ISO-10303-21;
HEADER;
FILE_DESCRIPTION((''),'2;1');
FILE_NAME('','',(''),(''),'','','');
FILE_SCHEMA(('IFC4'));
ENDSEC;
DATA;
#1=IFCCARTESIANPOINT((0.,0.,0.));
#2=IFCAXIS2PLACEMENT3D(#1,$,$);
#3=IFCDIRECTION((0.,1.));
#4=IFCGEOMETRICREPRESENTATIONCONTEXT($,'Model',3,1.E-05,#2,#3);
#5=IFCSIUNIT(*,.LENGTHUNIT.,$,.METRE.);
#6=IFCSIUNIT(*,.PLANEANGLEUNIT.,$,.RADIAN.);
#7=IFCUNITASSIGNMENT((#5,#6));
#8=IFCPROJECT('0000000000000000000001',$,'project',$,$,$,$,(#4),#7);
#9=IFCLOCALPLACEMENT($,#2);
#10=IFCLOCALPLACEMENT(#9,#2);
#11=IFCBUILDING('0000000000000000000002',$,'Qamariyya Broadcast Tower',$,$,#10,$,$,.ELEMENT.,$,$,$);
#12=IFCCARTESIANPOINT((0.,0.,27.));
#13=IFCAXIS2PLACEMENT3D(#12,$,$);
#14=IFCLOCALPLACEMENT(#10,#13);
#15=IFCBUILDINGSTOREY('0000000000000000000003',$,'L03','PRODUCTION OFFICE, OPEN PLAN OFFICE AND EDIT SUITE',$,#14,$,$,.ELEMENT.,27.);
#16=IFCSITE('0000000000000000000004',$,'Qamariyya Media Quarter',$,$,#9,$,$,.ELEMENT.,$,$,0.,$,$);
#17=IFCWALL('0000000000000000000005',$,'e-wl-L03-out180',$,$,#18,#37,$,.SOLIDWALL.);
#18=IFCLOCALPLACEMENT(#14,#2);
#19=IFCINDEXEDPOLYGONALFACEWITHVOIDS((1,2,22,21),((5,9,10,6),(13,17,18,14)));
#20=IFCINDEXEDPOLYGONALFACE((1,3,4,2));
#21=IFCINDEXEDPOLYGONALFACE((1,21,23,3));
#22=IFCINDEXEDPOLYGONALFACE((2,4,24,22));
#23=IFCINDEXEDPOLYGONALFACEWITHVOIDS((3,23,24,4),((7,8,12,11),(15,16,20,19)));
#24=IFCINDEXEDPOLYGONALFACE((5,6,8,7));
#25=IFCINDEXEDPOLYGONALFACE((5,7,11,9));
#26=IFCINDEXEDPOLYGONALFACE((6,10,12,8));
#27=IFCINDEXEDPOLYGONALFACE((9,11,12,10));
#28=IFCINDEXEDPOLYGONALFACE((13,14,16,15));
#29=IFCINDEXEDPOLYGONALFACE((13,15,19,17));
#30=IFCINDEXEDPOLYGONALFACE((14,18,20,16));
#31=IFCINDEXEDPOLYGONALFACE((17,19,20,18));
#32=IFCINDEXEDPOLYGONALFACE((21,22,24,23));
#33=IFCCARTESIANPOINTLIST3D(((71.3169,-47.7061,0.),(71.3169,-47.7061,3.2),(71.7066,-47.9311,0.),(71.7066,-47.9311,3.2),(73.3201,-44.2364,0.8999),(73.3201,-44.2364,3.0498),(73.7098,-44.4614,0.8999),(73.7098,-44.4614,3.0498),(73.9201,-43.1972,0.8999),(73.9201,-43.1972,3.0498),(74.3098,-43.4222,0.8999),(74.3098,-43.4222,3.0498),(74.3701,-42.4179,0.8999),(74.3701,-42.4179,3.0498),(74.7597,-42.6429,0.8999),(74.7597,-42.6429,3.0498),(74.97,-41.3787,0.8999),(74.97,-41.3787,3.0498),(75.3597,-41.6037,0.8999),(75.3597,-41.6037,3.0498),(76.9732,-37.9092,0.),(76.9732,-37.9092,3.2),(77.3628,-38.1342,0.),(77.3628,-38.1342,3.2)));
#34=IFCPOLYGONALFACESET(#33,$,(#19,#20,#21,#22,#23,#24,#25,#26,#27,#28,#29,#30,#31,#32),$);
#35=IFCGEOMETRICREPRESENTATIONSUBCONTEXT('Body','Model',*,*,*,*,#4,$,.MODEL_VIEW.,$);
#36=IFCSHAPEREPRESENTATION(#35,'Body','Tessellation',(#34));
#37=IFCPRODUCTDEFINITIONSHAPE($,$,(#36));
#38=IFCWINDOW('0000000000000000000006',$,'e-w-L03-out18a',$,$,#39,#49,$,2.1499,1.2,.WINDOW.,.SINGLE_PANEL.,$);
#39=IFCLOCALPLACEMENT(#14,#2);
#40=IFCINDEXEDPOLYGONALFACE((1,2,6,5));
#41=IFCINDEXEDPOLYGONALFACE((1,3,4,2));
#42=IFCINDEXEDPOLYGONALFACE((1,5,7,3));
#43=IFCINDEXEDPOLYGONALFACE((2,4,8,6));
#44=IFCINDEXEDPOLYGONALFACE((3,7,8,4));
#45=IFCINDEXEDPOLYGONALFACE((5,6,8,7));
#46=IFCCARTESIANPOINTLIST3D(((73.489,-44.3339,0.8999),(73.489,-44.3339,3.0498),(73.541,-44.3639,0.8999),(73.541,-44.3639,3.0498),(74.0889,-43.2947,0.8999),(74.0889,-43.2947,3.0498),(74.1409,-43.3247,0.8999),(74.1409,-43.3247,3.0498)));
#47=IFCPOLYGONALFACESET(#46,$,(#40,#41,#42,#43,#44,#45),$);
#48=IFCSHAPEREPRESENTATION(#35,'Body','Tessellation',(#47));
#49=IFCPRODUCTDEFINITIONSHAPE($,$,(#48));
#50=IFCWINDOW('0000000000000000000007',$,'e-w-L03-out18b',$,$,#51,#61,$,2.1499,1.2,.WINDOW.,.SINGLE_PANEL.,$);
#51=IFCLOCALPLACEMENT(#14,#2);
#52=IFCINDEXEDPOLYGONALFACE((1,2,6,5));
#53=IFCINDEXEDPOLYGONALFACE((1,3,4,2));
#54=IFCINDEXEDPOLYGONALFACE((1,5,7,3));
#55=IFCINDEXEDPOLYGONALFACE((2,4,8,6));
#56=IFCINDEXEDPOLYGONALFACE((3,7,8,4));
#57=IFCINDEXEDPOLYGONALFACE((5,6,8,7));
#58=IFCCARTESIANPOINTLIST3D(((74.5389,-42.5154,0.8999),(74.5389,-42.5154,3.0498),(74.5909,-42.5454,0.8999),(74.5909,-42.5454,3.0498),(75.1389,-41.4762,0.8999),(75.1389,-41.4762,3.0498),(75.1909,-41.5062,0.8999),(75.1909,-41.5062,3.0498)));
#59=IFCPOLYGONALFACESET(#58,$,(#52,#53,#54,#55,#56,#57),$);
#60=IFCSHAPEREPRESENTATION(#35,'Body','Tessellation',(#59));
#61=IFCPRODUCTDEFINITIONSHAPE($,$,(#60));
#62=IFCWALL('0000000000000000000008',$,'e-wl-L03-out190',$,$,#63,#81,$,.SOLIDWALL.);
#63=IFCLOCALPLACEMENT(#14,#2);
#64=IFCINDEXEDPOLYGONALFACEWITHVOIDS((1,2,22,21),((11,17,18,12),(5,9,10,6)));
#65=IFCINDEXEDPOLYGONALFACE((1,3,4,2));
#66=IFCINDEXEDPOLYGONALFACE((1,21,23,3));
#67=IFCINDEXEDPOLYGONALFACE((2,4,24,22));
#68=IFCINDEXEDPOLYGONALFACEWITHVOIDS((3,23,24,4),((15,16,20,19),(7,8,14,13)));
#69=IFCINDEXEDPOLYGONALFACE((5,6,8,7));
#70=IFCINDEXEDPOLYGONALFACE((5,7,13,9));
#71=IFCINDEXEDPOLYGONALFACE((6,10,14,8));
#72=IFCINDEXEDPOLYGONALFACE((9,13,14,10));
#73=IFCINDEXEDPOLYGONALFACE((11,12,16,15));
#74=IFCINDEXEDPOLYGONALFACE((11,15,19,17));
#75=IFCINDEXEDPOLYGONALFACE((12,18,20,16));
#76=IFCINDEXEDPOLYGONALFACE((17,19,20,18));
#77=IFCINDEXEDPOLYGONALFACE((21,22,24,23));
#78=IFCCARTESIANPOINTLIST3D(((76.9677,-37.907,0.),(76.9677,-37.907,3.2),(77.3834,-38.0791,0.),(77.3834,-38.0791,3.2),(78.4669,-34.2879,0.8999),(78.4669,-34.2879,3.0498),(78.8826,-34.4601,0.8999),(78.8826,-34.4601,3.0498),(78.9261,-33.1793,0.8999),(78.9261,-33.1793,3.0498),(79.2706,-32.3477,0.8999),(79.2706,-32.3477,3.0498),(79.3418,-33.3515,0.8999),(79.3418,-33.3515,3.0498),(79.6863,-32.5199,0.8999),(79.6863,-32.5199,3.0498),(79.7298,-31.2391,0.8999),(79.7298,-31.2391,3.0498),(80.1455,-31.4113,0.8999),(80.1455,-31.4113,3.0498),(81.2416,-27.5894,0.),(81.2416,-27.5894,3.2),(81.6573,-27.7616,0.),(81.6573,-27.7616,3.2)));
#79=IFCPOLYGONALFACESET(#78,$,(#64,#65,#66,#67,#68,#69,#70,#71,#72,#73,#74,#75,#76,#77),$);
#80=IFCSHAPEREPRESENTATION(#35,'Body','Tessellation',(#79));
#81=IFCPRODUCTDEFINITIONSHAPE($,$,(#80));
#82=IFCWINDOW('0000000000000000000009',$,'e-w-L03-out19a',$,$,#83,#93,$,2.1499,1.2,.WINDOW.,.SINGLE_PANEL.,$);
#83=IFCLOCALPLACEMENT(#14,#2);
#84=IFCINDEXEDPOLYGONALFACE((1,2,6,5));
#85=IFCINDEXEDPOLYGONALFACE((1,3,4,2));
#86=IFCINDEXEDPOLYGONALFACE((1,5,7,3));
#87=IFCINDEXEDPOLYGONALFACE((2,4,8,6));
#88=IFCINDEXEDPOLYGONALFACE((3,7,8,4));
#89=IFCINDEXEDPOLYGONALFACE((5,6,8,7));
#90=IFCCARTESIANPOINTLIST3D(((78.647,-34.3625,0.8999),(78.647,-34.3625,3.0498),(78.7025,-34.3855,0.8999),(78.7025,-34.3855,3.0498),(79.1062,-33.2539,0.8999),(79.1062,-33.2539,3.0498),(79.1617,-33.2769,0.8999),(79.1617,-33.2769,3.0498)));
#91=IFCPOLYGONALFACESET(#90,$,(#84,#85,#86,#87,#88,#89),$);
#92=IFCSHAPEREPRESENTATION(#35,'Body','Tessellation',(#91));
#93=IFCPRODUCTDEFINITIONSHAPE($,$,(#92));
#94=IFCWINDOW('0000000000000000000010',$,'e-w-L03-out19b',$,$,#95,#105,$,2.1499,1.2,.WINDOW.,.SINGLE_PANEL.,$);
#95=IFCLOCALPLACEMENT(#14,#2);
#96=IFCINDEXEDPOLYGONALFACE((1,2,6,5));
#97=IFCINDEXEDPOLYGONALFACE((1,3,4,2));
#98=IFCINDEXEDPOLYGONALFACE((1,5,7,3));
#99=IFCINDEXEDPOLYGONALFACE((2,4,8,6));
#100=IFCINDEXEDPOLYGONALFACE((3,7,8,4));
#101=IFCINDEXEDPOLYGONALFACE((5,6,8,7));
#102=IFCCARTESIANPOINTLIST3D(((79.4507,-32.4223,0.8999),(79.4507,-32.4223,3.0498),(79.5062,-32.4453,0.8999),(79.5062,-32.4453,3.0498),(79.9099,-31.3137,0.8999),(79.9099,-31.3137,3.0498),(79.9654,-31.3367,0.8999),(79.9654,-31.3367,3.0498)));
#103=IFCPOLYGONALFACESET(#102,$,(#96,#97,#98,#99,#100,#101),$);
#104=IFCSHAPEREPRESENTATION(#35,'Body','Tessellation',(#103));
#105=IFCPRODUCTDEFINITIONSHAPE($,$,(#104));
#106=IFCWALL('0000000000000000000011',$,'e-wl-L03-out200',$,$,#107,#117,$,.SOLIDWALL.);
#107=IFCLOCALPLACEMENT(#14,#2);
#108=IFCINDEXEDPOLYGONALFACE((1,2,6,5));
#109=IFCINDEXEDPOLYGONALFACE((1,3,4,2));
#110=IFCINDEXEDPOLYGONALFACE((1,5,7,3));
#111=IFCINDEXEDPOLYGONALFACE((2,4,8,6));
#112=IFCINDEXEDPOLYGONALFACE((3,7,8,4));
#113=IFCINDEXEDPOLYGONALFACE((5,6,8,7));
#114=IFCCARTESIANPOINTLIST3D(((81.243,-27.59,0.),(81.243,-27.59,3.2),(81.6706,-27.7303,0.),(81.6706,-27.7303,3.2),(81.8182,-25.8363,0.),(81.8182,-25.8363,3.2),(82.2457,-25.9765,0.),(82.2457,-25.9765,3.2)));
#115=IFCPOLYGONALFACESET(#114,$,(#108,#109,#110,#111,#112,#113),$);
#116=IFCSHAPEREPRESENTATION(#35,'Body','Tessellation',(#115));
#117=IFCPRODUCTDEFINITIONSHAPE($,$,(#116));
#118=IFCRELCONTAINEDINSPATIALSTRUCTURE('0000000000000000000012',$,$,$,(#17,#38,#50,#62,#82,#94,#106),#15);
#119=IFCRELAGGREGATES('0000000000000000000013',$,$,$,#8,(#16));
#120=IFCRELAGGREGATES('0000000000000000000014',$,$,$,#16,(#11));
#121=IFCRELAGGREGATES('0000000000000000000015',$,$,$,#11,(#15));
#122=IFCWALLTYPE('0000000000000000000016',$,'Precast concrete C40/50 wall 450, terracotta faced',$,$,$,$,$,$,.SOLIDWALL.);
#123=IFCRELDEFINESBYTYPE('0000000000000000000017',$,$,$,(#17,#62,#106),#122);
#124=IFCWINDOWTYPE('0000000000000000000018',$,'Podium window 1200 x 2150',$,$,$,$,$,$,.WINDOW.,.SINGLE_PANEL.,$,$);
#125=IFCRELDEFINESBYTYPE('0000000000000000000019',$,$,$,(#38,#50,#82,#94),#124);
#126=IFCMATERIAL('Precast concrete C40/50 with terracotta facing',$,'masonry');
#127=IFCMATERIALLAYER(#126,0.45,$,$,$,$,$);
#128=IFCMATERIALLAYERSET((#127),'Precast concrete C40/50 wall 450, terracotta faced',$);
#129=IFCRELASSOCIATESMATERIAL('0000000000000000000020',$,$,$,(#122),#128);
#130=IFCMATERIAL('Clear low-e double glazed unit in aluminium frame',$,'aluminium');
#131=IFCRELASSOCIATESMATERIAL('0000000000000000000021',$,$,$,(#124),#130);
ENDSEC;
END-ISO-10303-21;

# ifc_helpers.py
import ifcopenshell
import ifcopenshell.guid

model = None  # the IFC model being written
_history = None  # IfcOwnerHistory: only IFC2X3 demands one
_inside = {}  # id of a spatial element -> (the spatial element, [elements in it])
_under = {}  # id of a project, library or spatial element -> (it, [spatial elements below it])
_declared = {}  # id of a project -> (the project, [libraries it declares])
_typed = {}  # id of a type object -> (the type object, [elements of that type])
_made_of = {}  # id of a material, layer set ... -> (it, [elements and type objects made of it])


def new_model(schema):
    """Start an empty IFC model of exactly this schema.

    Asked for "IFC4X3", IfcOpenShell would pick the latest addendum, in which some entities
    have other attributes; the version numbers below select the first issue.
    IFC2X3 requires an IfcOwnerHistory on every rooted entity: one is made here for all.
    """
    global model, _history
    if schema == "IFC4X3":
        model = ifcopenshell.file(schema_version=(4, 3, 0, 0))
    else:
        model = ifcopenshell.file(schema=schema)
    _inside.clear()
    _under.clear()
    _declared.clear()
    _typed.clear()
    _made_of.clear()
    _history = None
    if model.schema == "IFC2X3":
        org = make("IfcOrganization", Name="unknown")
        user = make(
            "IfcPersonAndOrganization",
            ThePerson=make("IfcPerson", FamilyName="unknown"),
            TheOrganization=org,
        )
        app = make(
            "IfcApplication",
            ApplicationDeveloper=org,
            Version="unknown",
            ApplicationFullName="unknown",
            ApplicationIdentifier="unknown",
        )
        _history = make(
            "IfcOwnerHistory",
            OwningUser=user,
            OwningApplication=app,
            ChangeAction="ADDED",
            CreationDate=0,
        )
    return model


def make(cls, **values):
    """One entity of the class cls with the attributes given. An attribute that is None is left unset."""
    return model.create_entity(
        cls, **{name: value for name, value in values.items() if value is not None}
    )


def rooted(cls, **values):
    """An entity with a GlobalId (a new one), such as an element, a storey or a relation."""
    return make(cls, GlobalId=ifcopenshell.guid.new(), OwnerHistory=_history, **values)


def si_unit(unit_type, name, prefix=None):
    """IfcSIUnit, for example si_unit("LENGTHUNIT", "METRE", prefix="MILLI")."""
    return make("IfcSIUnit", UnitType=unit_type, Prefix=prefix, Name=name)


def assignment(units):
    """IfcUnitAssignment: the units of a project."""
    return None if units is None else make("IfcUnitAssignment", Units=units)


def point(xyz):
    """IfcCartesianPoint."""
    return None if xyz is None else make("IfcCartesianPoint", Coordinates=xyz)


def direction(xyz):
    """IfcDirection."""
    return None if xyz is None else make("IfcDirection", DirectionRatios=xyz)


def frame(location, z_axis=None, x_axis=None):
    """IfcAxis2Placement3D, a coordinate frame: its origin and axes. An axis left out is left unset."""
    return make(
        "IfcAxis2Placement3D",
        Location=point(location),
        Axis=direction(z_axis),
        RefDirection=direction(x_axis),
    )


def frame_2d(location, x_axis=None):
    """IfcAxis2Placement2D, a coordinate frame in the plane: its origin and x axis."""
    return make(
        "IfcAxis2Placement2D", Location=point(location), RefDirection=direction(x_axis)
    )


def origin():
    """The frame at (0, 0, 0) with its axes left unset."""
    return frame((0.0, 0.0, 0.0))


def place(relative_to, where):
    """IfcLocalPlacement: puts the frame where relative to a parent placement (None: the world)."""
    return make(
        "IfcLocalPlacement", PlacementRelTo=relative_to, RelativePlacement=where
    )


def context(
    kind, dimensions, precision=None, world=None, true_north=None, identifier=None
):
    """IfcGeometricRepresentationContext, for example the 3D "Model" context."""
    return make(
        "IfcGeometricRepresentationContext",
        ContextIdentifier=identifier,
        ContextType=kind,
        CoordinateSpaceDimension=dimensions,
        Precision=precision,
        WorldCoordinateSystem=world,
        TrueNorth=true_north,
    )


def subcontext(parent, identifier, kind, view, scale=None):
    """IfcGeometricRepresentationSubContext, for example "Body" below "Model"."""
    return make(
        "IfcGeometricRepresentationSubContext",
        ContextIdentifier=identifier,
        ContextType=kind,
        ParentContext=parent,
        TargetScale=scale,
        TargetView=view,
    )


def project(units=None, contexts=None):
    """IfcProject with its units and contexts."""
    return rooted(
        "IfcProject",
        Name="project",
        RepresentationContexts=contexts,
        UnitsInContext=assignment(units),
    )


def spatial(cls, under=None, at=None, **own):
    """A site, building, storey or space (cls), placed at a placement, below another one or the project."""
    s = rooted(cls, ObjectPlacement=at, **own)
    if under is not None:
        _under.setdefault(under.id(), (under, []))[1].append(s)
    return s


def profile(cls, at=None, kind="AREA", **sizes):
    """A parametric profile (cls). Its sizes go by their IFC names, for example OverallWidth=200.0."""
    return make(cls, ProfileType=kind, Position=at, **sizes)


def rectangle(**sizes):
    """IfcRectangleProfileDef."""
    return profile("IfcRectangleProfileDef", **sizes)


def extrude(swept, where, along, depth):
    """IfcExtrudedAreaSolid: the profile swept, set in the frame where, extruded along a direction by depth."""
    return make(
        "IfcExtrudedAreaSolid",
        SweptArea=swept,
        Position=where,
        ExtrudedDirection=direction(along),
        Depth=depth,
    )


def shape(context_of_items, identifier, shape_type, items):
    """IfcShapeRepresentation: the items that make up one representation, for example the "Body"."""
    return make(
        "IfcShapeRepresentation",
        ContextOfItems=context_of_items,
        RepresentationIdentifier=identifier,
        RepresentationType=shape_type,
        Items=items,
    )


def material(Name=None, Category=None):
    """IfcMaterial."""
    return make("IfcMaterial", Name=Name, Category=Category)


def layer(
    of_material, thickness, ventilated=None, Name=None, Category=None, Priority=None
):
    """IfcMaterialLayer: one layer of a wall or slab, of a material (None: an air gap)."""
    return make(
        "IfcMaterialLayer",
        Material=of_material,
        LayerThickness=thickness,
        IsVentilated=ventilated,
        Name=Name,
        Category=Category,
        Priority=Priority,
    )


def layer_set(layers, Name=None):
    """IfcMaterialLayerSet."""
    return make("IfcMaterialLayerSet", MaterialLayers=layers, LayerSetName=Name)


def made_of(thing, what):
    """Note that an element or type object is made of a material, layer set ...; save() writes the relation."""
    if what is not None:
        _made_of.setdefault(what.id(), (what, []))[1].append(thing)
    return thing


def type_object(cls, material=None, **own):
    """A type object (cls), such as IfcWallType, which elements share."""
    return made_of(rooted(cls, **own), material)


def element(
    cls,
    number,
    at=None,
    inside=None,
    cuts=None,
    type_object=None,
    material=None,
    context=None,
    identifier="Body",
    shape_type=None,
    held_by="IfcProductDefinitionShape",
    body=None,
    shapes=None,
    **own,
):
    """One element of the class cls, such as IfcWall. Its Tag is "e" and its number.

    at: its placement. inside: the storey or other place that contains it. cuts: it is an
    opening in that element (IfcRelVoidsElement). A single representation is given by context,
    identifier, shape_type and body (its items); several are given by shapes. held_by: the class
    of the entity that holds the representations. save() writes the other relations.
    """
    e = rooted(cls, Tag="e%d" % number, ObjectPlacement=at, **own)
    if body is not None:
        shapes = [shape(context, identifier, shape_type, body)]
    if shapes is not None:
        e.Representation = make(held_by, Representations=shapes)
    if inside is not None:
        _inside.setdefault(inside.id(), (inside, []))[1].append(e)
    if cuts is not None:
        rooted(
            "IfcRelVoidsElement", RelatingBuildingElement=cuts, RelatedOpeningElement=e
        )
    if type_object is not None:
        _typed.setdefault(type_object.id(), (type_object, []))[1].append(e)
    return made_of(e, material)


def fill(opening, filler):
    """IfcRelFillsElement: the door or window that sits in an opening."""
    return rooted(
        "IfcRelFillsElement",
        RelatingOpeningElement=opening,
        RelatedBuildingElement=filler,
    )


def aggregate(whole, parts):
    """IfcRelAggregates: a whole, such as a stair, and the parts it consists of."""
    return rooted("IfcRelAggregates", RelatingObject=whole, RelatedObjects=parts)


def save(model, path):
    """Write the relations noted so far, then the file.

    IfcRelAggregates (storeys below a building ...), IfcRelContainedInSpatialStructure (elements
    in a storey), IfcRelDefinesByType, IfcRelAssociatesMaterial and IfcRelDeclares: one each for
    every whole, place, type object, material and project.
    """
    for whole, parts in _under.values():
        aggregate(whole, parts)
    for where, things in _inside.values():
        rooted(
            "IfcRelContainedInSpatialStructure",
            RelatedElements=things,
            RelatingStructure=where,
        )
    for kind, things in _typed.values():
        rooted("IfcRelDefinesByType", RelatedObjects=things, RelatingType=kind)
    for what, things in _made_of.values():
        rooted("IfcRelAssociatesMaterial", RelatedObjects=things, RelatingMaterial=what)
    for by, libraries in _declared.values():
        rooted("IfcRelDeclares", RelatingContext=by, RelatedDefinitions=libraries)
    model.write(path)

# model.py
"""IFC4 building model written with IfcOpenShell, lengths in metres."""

from ifc_helpers import new_model, si_unit, direction, frame, frame_2d, origin, place, context, subcontext, project, spatial, rectangle, extrude, material, layer, layer_set, type_object, element, fill, save


model = new_model("IFC4")

# Units and contexts
model_context = context("Model", 3, precision=1e-05, world=origin(), true_north=direction((0.0, 1.0)))
body_context = subcontext(model_context, "Body", "Model", "MODEL_VIEW")
ifc_project = project(units=[si_unit("LENGTHUNIT", "METRE"), si_unit("PLANEANGLEUNIT", "RADIAN")], contexts=[model_context])

# Site, building, storey
site_placement = place(None, origin())
site = spatial("IfcSite", under=ifc_project, at=site_placement, Name="Qamariyya Media Quarter", CompositionType="ELEMENT", RefElevation=0.0)
building_placement = place(site_placement, origin())
building = spatial("IfcBuilding", under=site, at=building_placement, Name="Qamariyya Broadcast Tower", CompositionType="ELEMENT")
storey_placement = place(building_placement, frame((0.0, 0.0, 27.0)))
storey = spatial("IfcBuildingStorey", under=building, at=storey_placement, Name="L03", Description="PRODUCTION OFFICE, OPEN PLAN OFFICE AND EDIT SUITE", CompositionType="ELEMENT", Elevation=27.0)

# Shared definitions
ifc_material_1 = material(Name="Precast concrete C40/50 with terracotta facing", Category="masonry")
ifc_layer_1 = layer(ifc_material_1, 0.45)
ifc_layer_set_1 = layer_set([ifc_layer_1], Name="Precast concrete C40/50 wall 450, terracotta faced")
wall_type_1 = type_object("IfcWallType", Name="Precast concrete C40/50 wall 450, terracotta faced", PredefinedType="SOLIDWALL", material=ifc_layer_set_1)

# Walls, openings, windows
wall_1_placement = place(storey_placement, frame((71.5117, -47.8186, 0.0), z_axis=(0.0, 0.0, 1.0), x_axis=(0.500001, 0.866025, 0.0)))
wall_1 = element("IfcWall", 1, at=wall_1_placement, inside=storey, type_object=wall_type_1, Name="e-wl-L03-out180", PredefinedType="SOLIDWALL", context=body_context, shape_type="SweptSolid", body=[
    extrude(rectangle(XDim=11.3125, YDim=0.45, at=frame_2d((5.6562, 0.0))), origin(), (0.0, 0.0, 1.0), 3.2),
])
opening_1_placement = place(wall_1_placement, frame((4.0063, 0.0, 0.8999)))
opening_1 = element("IfcOpeningElement", 2, at=opening_1_placement, cuts=wall_1, PredefinedType="OPENING", context=body_context, shape_type="SweptSolid", body=[
    extrude(rectangle(XDim=1.2, YDim=2.1499, at=frame_2d((0.6001, 1.075))), frame((0.0, 0.2349, 0.0), z_axis=(0.0, -1.0, 0.0), x_axis=(1.0, 0.0, 0.0)), (0.0, 0.0, 1.0), 0.47),
])
opening_2_placement = place(wall_1_placement, frame((6.1062, 0.0, 0.8999)))
opening_2 = element("IfcOpeningElement", 3, at=opening_2_placement, cuts=wall_1, PredefinedType="OPENING", context=body_context, shape_type="SweptSolid", body=[
    extrude(rectangle(XDim=1.2, YDim=2.1499, at=frame_2d((0.6001, 1.075))), frame((0.0, 0.2349, 0.0), z_axis=(0.0, -1.0, 0.0), x_axis=(1.0, 0.0, 0.0)), (0.0, 0.0, 1.0), 0.47),
])
ifc_material_2 = material(Name="Clear low-e double glazed unit in aluminium frame", Category="aluminium")
window_type = type_object("IfcWindowType", Name="Podium window 1200 x 2150", PartitioningType="SINGLE_PANEL", PredefinedType="WINDOW", material=ifc_material_2)
window_1_placement = place(opening_1_placement, origin())
window_1 = element("IfcWindow", 4, at=window_1_placement, inside=storey, type_object=window_type, Name="e-w-L03-out18a", OverallHeight=2.1499, OverallWidth=1.2, PartitioningType="SINGLE_PANEL", PredefinedType="WINDOW", context=body_context, shape_type="SweptSolid", body=[
    extrude(rectangle(XDim=1.2, YDim=2.1499, at=frame_2d((0.6001, 1.075))), frame((0.0, 0.03, 0.0), z_axis=(0.0, -1.0, 0.0), x_axis=(1.0, 0.0, 0.0)), (0.0, 0.0, 1.0), 0.0601),
])
fill(opening_1, window_1)
window_2_placement = place(opening_2_placement, origin())
window_2 = element("IfcWindow", 5, at=window_2_placement, inside=storey, type_object=window_type, Name="e-w-L03-out18b", OverallHeight=2.1499, OverallWidth=1.2, PartitioningType="SINGLE_PANEL", PredefinedType="WINDOW", context=body_context, shape_type="SweptSolid", body=[
    extrude(rectangle(XDim=1.2, YDim=2.1499, at=frame_2d((0.6001, 1.075))), frame((0.0, 0.03, 0.0), z_axis=(0.0, -1.0, 0.0), x_axis=(1.0, 0.0, 0.0)), (0.0, 0.0, 1.0), 0.0601),
])
fill(opening_2, window_2)
wall_2_placement = place(storey_placement, frame((77.1755, -37.9932, 0.0), z_axis=(0.0, 0.0, 1.0), x_axis=(0.382701, 0.923872, 0.0)))
wall_2 = element("IfcWall", 6, at=wall_2_placement, inside=storey, type_object=wall_type_1, Name="e-wl-L03-out190", PredefinedType="SOLIDWALL", context=body_context, shape_type="SweptSolid", body=[
    extrude(rectangle(XDim=11.1677, YDim=0.45, at=frame_2d((5.584, 0.0))), origin(), (0.0, 0.0, 1.0), 3.2),
])
opening_3_placement = place(wall_2_placement, frame((3.9172, 0.0, 0.8999)))
opening_3 = element("IfcOpeningElement", 7, at=opening_3_placement, cuts=wall_2, PredefinedType="OPENING", context=body_context, shape_type="SweptSolid", body=[
    extrude(rectangle(XDim=1.2, YDim=2.1499, at=frame_2d((0.6001, 1.075))), frame((0.0, 0.2349, 0.0), z_axis=(0.0, -1.0, 0.0), x_axis=(1.0, 0.0, 0.0)), (0.0, 0.0, 1.0), 0.47),
])
opening_4_placement = place(wall_2_placement, frame((6.0173, 0.0, 0.8999)))
opening_4 = element("IfcOpeningElement", 8, at=opening_4_placement, cuts=wall_2, PredefinedType="OPENING", context=body_context, shape_type="SweptSolid", body=[
    extrude(rectangle(XDim=1.2, YDim=2.1499, at=frame_2d((0.6001, 1.075))), frame((0.0, 0.2349, 0.0), z_axis=(0.0, -1.0, 0.0), x_axis=(1.0, 0.0, 0.0)), (0.0, 0.0, 1.0), 0.47),
])
window_3_placement = place(opening_3_placement, origin())
window_3 = element("IfcWindow", 9, at=window_3_placement, inside=storey, type_object=window_type, Name="e-w-L03-out19a", OverallHeight=2.1499, OverallWidth=1.2, PartitioningType="SINGLE_PANEL", PredefinedType="WINDOW", context=body_context, shape_type="SweptSolid", body=[
    extrude(rectangle(XDim=1.2, YDim=2.1499, at=frame_2d((0.6001, 1.075))), frame((0.0, 0.03, 0.0), z_axis=(0.0, -1.0, 0.0), x_axis=(1.0, 0.0, 0.0)), (0.0, 0.0, 1.0), 0.0601),
])
fill(opening_3, window_3)
window_4_placement = place(opening_4_placement, origin())
window_4 = element("IfcWindow", 10, at=window_4_placement, inside=storey, type_object=window_type, Name="e-w-L03-out19b", OverallHeight=2.1499, OverallWidth=1.2, PartitioningType="SINGLE_PANEL", PredefinedType="WINDOW", context=body_context, shape_type="SweptSolid", body=[
    extrude(rectangle(XDim=1.2, YDim=2.1499, at=frame_2d((0.6001, 1.075))), frame((0.0, 0.03, 0.0), z_axis=(0.0, -1.0, 0.0), x_axis=(1.0, 0.0, 0.0)), (0.0, 0.0, 1.0), 0.0601),
])
fill(opening_4, window_4)

# Wall
wall_3_placement = place(storey_placement, frame((81.4568, -27.6602, 0.0), z_axis=(0.0, 0.0, 1.0), x_axis=(0.311621, 0.950206, 0.0)))
element("IfcWall", 11, at=wall_3_placement, inside=storey, type_object=wall_type_1, Name="e-wl-L03-out200", PredefinedType="SOLIDWALL", context=body_context, shape_type="SweptSolid", body=[
    extrude(rectangle(XDim=1.8457, YDim=0.45, at=frame_2d((0.9229, 0.0))), origin(), (0.0, 0.0, 1.0), 3.2),
])

save(model, "model.ifc")
